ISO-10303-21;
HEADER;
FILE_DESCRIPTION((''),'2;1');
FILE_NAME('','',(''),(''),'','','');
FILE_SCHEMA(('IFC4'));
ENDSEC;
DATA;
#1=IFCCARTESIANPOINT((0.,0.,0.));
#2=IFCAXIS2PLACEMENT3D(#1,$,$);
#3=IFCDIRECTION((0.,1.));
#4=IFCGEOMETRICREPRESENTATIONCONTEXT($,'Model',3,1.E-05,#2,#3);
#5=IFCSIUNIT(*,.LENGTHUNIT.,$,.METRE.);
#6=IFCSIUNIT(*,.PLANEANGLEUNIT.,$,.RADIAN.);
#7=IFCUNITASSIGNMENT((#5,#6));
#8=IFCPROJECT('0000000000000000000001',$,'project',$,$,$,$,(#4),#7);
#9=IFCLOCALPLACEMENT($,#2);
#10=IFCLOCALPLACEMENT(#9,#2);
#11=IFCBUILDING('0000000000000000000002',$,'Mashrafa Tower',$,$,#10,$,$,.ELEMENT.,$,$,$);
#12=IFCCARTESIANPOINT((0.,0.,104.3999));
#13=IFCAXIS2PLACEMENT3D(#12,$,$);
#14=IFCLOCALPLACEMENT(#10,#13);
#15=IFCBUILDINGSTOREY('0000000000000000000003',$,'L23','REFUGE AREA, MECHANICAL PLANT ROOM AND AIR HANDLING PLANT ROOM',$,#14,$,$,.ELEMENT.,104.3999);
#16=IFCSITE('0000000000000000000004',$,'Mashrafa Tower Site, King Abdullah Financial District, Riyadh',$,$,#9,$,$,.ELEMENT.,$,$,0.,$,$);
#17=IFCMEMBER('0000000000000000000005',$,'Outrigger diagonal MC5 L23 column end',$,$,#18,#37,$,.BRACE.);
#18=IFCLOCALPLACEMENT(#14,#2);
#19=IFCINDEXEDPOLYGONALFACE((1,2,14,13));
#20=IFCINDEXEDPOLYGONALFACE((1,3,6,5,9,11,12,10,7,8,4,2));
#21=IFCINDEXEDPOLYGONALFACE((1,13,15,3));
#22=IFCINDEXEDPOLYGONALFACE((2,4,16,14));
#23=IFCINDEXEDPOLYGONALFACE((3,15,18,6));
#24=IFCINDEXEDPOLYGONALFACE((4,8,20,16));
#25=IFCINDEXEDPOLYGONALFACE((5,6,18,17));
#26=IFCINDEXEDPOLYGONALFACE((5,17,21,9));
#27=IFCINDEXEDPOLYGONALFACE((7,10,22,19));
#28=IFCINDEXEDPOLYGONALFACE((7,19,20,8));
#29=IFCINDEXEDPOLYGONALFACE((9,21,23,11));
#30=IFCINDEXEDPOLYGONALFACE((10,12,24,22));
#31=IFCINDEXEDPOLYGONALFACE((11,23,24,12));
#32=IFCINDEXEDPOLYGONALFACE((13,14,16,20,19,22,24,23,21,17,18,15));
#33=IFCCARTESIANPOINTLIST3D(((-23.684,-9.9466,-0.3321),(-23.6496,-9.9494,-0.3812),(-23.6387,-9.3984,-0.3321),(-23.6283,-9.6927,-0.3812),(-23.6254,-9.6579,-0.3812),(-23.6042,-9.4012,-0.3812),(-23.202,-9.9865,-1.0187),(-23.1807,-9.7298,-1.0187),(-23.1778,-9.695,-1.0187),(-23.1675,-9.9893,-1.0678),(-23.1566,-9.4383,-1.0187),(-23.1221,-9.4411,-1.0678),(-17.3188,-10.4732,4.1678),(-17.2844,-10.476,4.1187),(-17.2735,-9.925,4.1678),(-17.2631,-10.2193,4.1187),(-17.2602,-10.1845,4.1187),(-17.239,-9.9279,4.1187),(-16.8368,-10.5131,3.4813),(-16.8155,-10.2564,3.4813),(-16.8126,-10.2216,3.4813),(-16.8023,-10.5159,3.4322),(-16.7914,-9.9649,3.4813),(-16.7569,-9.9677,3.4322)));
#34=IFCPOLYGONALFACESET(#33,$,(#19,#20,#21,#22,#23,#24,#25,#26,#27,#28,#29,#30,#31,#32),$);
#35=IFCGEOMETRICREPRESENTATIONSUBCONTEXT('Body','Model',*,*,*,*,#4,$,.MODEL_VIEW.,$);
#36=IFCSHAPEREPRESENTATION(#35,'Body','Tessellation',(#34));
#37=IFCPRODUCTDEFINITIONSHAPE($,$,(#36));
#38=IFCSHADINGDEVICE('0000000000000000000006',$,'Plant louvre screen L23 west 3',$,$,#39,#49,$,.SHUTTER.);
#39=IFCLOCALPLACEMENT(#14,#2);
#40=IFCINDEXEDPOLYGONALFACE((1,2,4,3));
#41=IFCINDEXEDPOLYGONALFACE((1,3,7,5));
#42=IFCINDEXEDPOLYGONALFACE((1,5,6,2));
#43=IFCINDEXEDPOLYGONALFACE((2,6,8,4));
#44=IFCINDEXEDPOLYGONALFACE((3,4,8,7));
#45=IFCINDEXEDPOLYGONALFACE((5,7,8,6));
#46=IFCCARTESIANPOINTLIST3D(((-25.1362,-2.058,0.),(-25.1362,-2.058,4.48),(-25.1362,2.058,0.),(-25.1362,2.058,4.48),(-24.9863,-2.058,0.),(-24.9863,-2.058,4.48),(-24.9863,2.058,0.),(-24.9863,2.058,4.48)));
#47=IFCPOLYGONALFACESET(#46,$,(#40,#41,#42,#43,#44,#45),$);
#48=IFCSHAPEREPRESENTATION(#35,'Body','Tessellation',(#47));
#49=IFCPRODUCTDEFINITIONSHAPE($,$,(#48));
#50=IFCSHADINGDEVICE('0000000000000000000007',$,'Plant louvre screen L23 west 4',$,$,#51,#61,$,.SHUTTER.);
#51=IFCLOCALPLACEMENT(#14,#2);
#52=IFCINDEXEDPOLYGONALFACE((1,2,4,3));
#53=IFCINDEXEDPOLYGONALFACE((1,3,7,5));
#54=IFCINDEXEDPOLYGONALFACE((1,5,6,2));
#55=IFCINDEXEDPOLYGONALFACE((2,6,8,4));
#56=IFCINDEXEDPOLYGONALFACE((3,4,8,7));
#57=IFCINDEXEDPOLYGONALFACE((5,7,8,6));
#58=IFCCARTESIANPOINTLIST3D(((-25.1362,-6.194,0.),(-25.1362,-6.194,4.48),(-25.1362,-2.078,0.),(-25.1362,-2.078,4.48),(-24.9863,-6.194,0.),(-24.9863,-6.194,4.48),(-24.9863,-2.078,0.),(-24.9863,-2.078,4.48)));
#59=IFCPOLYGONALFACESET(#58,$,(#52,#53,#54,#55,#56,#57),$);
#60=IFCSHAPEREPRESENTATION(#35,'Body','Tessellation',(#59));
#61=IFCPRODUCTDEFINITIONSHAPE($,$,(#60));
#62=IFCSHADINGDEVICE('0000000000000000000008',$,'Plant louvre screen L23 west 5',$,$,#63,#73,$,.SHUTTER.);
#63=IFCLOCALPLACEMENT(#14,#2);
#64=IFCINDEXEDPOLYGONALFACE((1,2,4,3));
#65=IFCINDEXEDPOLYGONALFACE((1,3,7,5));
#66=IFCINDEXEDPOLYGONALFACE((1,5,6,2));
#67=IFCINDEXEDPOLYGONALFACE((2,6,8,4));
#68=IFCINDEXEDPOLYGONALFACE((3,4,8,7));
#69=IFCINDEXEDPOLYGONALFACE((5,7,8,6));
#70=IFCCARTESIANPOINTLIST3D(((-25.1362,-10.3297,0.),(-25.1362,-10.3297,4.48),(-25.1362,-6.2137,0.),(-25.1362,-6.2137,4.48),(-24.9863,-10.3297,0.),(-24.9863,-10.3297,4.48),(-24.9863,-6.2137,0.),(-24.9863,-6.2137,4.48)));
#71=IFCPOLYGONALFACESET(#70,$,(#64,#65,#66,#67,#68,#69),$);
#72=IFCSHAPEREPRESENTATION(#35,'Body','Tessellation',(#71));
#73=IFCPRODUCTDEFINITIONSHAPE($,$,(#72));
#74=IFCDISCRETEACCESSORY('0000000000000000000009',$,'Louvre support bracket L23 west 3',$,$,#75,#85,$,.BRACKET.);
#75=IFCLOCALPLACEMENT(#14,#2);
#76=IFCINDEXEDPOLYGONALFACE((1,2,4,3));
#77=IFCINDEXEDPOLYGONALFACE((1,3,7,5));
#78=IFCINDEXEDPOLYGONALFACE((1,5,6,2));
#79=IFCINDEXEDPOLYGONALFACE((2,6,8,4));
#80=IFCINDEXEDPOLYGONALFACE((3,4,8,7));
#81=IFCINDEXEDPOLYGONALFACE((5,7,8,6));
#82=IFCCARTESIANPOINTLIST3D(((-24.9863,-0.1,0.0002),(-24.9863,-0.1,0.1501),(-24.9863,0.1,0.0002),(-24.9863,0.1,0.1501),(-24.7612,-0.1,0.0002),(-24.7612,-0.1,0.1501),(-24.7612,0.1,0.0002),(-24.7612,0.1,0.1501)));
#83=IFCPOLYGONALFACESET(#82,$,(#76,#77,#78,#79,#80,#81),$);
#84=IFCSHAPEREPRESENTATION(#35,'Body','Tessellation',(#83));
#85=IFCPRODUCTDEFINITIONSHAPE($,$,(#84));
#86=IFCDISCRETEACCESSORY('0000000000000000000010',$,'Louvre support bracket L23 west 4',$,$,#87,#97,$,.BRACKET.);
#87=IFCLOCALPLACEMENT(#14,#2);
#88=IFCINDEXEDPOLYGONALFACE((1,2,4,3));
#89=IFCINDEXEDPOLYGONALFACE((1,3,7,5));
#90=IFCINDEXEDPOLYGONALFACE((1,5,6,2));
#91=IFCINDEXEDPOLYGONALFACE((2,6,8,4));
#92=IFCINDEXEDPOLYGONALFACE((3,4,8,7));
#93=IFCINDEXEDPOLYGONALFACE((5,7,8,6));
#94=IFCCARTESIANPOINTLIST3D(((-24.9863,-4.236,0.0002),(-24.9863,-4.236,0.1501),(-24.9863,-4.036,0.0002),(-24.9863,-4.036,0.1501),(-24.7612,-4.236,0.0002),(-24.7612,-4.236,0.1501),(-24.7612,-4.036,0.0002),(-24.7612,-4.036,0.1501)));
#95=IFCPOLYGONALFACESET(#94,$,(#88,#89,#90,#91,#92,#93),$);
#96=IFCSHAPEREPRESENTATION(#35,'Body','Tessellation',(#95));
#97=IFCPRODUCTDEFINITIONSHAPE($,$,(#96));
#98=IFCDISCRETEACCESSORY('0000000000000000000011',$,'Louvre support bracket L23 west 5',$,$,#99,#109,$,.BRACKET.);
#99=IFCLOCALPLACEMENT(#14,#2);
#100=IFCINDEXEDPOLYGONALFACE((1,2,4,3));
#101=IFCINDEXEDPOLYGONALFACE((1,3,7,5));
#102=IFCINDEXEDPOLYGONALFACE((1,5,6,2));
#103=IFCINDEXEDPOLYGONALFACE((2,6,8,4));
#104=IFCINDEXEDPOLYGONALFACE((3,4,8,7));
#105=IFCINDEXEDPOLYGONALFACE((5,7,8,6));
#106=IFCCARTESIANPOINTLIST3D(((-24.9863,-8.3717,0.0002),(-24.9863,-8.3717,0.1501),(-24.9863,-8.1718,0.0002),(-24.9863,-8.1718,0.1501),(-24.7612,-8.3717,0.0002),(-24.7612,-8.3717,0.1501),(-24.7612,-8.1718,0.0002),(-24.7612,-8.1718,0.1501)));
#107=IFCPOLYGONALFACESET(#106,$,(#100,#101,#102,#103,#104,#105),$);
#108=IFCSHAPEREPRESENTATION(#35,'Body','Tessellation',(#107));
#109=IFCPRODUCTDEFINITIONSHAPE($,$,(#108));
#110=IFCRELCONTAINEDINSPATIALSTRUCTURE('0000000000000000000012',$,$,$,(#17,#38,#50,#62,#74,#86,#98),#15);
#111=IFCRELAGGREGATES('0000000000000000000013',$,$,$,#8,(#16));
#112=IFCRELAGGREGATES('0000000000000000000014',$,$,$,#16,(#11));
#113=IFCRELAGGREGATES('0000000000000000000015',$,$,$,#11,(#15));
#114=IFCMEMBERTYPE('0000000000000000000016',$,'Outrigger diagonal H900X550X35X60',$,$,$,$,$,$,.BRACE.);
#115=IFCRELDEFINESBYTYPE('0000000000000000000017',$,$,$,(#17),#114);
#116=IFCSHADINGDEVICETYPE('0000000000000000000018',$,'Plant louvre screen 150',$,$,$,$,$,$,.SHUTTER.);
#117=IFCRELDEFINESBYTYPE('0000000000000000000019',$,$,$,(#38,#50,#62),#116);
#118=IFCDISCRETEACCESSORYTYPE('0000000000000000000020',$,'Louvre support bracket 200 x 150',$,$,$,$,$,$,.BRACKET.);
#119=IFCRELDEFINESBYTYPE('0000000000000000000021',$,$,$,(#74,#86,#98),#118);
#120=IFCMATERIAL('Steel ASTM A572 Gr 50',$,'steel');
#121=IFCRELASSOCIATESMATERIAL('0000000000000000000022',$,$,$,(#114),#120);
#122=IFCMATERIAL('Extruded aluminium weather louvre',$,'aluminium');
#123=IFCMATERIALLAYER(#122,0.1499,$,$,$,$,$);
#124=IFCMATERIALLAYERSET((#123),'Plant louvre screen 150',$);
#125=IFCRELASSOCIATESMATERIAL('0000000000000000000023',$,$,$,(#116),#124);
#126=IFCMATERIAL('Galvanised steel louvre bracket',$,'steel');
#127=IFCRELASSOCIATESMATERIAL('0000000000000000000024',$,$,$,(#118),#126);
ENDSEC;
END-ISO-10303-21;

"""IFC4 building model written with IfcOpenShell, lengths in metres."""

from ifc_helpers import new_model, si_unit, direction, frame, origin, origin_2d, place, context, subcontext, project, spatial, rectangle, i_section, extrude, source, transform, mapped, material, layer, layer_set, material_profile, profile_set, type_object, type_shapes, element, save


model = new_model("IFC4")

# Units and contexts
model_context = context("Model", 3, precision=1e-05, world=origin(), true_north=direction((0.0, 1.0)))
body_context = subcontext(model_context, "Body", "Model", "MODEL_VIEW")
ifc_project = project(units=[si_unit("LENGTHUNIT", "METRE"), si_unit("PLANEANGLEUNIT", "RADIAN")], contexts=[model_context])

# Site, building, storey
site_placement = place(None, origin())
site = spatial("IfcSite", under=ifc_project, at=site_placement, Name="Mashrafa Tower Site, King Abdullah Financial District, Riyadh", CompositionType="ELEMENT", RefElevation=0.0)
building_placement = place(site_placement, origin())
building = spatial("IfcBuilding", under=site, at=building_placement, Name="Mashrafa Tower", CompositionType="ELEMENT")
storey_placement = place(building_placement, frame((0.0, 0.0, 104.3999)))
storey = spatial("IfcBuildingStorey", under=building, at=storey_placement, Name="L23", Description="REFUGE AREA, MECHANICAL PLANT ROOM AND AIR HANDLING PLANT ROOM", CompositionType="ELEMENT", Elevation=104.3999)

# Member
ifc_material_1 = material(Name="Steel ASTM A572 Gr 50", Category="steel")
ifc_material_profile_1 = material_profile(ifc_material_1, i_section(OverallWidth=0.55, OverallDepth=0.8999, WebThickness=0.0349, FlangeThickness=0.0601, at=origin_2d()), Name="H900X550X35X60")
ifc_profile_set_1 = profile_set([ifc_material_profile_1], Name="Steel ASTM A572 Gr 50")
member_type_1 = type_object("IfcMemberType", Name="Outrigger diagonal H900X550X35X60", PredefinedType="BRACE", material=ifc_profile_set_1)
shared_shape_1 = source(origin(), body_context, "Body", "SweptSolid", [
    extrude(i_section(OverallWidth=0.55, OverallDepth=0.8999, WebThickness=0.0349, FlangeThickness=0.0601, at=origin_2d()), origin(), (0.0, 0.0, 1.0), 7.813),
])
type_shapes(member_type_1, [shared_shape_1])
member_1_placement = place(storey_placement, frame((-23.4031, -9.6938, -0.7), z_axis=(0.814694, -0.067402, 0.575961), x_axis=(0.082451, 0.996595, 0.0)))
element("IfcMember", 1, at=member_1_placement, inside=storey, type_object=member_type_1, Name="Outrigger diagonal MC5 L23 column end", PredefinedType="BRACE", context=body_context, shape_type="MappedRepresentation", body=[
    mapped(shared_shape_1, transform((0.0, 0.0, 0.0))),
])

# Shading devices
ifc_material_2 = material(Name="Extruded aluminium weather louvre", Category="aluminium")
ifc_layer = layer(ifc_material_2, 0.1499)
ifc_layer_set = layer_set([ifc_layer], Name="Plant louvre screen 150")
shading_device_type = type_object("IfcShadingDeviceType", Name="Plant louvre screen 150", PredefinedType="SHUTTER", material=ifc_layer_set)
shared_shape_2 = source(origin(), body_context, "Body", "SweptSolid", [
    extrude(rectangle(XDim=4.116, YDim=0.1499, at=origin_2d()), origin(), (0.0, 0.0, 1.0), 4.48),
])
type_shapes(shading_device_type, [shared_shape_2])
for number, where, z_axis, x_axis, name in (
    (2, (-25.0613, 0.0, 0.0), (0.0, 0.0, 1.0), (0.0, -1.0, 0.0), "Plant louvre screen L23 west 3"),
    (3, (-25.0613, -4.136, 0.0), (0.0, 0.0, 1.0), (0.0, -1.0, 0.0), "Plant louvre screen L23 west 4"),
    (4, (-25.0613, -8.2717, 0.0), (0.0, 0.0, 1.0), (0.0, -1.0, 0.0), "Plant louvre screen L23 west 5"),
):
    element("IfcShadingDevice", number, at=place(storey_placement, frame(where, z_axis=z_axis, x_axis=x_axis)), inside=storey, type_object=shading_device_type, Name=name, PredefinedType="SHUTTER", context=body_context, shape_type="MappedRepresentation", body=[
        mapped(shared_shape_2, transform((0.0, 0.0, 0.0))),
    ])

# Discrete accessories
ifc_material_3 = material(Name="Galvanised steel louvre bracket", Category="steel")
discrete_accessory_type = type_object("IfcDiscreteAccessoryType", Name="Louvre support bracket 200 x 150", PredefinedType="BRACKET", material=ifc_material_3)
shared_shape_3 = source(origin(), body_context, "Body", "SweptSolid", [
    extrude(rectangle(XDim=0.2, YDim=0.2251, at=origin_2d()), origin(), (0.0, 0.0, 1.0), 0.1499),
])
type_shapes(discrete_accessory_type, [shared_shape_3])
for number, where, z_axis, x_axis, name in (
    (5, (-24.8738, 0.0, 0.0002), (0.0, 0.0, 1.0), (0.0, -1.0, 0.0), "Louvre support bracket L23 west 3"),
    (6, (-24.8738, -4.136, 0.0002), (0.0, 0.0, 1.0), (0.0, -1.0, 0.0), "Louvre support bracket L23 west 4"),
    (7, (-24.8738, -8.2717, 0.0002), (0.0, 0.0, 1.0), (0.0, -1.0, 0.0), "Louvre support bracket L23 west 5"),
):
    element("IfcDiscreteAccessory", number, at=place(storey_placement, frame(where, z_axis=z_axis, x_axis=x_axis)), inside=storey, type_object=discrete_accessory_type, Name=name, PredefinedType="BRACKET", context=body_context, shape_type="MappedRepresentation", body=[
        mapped(shared_shape_3, transform((0.0, 0.0, 0.0))),
    ])

save(model, "model.ifc")
